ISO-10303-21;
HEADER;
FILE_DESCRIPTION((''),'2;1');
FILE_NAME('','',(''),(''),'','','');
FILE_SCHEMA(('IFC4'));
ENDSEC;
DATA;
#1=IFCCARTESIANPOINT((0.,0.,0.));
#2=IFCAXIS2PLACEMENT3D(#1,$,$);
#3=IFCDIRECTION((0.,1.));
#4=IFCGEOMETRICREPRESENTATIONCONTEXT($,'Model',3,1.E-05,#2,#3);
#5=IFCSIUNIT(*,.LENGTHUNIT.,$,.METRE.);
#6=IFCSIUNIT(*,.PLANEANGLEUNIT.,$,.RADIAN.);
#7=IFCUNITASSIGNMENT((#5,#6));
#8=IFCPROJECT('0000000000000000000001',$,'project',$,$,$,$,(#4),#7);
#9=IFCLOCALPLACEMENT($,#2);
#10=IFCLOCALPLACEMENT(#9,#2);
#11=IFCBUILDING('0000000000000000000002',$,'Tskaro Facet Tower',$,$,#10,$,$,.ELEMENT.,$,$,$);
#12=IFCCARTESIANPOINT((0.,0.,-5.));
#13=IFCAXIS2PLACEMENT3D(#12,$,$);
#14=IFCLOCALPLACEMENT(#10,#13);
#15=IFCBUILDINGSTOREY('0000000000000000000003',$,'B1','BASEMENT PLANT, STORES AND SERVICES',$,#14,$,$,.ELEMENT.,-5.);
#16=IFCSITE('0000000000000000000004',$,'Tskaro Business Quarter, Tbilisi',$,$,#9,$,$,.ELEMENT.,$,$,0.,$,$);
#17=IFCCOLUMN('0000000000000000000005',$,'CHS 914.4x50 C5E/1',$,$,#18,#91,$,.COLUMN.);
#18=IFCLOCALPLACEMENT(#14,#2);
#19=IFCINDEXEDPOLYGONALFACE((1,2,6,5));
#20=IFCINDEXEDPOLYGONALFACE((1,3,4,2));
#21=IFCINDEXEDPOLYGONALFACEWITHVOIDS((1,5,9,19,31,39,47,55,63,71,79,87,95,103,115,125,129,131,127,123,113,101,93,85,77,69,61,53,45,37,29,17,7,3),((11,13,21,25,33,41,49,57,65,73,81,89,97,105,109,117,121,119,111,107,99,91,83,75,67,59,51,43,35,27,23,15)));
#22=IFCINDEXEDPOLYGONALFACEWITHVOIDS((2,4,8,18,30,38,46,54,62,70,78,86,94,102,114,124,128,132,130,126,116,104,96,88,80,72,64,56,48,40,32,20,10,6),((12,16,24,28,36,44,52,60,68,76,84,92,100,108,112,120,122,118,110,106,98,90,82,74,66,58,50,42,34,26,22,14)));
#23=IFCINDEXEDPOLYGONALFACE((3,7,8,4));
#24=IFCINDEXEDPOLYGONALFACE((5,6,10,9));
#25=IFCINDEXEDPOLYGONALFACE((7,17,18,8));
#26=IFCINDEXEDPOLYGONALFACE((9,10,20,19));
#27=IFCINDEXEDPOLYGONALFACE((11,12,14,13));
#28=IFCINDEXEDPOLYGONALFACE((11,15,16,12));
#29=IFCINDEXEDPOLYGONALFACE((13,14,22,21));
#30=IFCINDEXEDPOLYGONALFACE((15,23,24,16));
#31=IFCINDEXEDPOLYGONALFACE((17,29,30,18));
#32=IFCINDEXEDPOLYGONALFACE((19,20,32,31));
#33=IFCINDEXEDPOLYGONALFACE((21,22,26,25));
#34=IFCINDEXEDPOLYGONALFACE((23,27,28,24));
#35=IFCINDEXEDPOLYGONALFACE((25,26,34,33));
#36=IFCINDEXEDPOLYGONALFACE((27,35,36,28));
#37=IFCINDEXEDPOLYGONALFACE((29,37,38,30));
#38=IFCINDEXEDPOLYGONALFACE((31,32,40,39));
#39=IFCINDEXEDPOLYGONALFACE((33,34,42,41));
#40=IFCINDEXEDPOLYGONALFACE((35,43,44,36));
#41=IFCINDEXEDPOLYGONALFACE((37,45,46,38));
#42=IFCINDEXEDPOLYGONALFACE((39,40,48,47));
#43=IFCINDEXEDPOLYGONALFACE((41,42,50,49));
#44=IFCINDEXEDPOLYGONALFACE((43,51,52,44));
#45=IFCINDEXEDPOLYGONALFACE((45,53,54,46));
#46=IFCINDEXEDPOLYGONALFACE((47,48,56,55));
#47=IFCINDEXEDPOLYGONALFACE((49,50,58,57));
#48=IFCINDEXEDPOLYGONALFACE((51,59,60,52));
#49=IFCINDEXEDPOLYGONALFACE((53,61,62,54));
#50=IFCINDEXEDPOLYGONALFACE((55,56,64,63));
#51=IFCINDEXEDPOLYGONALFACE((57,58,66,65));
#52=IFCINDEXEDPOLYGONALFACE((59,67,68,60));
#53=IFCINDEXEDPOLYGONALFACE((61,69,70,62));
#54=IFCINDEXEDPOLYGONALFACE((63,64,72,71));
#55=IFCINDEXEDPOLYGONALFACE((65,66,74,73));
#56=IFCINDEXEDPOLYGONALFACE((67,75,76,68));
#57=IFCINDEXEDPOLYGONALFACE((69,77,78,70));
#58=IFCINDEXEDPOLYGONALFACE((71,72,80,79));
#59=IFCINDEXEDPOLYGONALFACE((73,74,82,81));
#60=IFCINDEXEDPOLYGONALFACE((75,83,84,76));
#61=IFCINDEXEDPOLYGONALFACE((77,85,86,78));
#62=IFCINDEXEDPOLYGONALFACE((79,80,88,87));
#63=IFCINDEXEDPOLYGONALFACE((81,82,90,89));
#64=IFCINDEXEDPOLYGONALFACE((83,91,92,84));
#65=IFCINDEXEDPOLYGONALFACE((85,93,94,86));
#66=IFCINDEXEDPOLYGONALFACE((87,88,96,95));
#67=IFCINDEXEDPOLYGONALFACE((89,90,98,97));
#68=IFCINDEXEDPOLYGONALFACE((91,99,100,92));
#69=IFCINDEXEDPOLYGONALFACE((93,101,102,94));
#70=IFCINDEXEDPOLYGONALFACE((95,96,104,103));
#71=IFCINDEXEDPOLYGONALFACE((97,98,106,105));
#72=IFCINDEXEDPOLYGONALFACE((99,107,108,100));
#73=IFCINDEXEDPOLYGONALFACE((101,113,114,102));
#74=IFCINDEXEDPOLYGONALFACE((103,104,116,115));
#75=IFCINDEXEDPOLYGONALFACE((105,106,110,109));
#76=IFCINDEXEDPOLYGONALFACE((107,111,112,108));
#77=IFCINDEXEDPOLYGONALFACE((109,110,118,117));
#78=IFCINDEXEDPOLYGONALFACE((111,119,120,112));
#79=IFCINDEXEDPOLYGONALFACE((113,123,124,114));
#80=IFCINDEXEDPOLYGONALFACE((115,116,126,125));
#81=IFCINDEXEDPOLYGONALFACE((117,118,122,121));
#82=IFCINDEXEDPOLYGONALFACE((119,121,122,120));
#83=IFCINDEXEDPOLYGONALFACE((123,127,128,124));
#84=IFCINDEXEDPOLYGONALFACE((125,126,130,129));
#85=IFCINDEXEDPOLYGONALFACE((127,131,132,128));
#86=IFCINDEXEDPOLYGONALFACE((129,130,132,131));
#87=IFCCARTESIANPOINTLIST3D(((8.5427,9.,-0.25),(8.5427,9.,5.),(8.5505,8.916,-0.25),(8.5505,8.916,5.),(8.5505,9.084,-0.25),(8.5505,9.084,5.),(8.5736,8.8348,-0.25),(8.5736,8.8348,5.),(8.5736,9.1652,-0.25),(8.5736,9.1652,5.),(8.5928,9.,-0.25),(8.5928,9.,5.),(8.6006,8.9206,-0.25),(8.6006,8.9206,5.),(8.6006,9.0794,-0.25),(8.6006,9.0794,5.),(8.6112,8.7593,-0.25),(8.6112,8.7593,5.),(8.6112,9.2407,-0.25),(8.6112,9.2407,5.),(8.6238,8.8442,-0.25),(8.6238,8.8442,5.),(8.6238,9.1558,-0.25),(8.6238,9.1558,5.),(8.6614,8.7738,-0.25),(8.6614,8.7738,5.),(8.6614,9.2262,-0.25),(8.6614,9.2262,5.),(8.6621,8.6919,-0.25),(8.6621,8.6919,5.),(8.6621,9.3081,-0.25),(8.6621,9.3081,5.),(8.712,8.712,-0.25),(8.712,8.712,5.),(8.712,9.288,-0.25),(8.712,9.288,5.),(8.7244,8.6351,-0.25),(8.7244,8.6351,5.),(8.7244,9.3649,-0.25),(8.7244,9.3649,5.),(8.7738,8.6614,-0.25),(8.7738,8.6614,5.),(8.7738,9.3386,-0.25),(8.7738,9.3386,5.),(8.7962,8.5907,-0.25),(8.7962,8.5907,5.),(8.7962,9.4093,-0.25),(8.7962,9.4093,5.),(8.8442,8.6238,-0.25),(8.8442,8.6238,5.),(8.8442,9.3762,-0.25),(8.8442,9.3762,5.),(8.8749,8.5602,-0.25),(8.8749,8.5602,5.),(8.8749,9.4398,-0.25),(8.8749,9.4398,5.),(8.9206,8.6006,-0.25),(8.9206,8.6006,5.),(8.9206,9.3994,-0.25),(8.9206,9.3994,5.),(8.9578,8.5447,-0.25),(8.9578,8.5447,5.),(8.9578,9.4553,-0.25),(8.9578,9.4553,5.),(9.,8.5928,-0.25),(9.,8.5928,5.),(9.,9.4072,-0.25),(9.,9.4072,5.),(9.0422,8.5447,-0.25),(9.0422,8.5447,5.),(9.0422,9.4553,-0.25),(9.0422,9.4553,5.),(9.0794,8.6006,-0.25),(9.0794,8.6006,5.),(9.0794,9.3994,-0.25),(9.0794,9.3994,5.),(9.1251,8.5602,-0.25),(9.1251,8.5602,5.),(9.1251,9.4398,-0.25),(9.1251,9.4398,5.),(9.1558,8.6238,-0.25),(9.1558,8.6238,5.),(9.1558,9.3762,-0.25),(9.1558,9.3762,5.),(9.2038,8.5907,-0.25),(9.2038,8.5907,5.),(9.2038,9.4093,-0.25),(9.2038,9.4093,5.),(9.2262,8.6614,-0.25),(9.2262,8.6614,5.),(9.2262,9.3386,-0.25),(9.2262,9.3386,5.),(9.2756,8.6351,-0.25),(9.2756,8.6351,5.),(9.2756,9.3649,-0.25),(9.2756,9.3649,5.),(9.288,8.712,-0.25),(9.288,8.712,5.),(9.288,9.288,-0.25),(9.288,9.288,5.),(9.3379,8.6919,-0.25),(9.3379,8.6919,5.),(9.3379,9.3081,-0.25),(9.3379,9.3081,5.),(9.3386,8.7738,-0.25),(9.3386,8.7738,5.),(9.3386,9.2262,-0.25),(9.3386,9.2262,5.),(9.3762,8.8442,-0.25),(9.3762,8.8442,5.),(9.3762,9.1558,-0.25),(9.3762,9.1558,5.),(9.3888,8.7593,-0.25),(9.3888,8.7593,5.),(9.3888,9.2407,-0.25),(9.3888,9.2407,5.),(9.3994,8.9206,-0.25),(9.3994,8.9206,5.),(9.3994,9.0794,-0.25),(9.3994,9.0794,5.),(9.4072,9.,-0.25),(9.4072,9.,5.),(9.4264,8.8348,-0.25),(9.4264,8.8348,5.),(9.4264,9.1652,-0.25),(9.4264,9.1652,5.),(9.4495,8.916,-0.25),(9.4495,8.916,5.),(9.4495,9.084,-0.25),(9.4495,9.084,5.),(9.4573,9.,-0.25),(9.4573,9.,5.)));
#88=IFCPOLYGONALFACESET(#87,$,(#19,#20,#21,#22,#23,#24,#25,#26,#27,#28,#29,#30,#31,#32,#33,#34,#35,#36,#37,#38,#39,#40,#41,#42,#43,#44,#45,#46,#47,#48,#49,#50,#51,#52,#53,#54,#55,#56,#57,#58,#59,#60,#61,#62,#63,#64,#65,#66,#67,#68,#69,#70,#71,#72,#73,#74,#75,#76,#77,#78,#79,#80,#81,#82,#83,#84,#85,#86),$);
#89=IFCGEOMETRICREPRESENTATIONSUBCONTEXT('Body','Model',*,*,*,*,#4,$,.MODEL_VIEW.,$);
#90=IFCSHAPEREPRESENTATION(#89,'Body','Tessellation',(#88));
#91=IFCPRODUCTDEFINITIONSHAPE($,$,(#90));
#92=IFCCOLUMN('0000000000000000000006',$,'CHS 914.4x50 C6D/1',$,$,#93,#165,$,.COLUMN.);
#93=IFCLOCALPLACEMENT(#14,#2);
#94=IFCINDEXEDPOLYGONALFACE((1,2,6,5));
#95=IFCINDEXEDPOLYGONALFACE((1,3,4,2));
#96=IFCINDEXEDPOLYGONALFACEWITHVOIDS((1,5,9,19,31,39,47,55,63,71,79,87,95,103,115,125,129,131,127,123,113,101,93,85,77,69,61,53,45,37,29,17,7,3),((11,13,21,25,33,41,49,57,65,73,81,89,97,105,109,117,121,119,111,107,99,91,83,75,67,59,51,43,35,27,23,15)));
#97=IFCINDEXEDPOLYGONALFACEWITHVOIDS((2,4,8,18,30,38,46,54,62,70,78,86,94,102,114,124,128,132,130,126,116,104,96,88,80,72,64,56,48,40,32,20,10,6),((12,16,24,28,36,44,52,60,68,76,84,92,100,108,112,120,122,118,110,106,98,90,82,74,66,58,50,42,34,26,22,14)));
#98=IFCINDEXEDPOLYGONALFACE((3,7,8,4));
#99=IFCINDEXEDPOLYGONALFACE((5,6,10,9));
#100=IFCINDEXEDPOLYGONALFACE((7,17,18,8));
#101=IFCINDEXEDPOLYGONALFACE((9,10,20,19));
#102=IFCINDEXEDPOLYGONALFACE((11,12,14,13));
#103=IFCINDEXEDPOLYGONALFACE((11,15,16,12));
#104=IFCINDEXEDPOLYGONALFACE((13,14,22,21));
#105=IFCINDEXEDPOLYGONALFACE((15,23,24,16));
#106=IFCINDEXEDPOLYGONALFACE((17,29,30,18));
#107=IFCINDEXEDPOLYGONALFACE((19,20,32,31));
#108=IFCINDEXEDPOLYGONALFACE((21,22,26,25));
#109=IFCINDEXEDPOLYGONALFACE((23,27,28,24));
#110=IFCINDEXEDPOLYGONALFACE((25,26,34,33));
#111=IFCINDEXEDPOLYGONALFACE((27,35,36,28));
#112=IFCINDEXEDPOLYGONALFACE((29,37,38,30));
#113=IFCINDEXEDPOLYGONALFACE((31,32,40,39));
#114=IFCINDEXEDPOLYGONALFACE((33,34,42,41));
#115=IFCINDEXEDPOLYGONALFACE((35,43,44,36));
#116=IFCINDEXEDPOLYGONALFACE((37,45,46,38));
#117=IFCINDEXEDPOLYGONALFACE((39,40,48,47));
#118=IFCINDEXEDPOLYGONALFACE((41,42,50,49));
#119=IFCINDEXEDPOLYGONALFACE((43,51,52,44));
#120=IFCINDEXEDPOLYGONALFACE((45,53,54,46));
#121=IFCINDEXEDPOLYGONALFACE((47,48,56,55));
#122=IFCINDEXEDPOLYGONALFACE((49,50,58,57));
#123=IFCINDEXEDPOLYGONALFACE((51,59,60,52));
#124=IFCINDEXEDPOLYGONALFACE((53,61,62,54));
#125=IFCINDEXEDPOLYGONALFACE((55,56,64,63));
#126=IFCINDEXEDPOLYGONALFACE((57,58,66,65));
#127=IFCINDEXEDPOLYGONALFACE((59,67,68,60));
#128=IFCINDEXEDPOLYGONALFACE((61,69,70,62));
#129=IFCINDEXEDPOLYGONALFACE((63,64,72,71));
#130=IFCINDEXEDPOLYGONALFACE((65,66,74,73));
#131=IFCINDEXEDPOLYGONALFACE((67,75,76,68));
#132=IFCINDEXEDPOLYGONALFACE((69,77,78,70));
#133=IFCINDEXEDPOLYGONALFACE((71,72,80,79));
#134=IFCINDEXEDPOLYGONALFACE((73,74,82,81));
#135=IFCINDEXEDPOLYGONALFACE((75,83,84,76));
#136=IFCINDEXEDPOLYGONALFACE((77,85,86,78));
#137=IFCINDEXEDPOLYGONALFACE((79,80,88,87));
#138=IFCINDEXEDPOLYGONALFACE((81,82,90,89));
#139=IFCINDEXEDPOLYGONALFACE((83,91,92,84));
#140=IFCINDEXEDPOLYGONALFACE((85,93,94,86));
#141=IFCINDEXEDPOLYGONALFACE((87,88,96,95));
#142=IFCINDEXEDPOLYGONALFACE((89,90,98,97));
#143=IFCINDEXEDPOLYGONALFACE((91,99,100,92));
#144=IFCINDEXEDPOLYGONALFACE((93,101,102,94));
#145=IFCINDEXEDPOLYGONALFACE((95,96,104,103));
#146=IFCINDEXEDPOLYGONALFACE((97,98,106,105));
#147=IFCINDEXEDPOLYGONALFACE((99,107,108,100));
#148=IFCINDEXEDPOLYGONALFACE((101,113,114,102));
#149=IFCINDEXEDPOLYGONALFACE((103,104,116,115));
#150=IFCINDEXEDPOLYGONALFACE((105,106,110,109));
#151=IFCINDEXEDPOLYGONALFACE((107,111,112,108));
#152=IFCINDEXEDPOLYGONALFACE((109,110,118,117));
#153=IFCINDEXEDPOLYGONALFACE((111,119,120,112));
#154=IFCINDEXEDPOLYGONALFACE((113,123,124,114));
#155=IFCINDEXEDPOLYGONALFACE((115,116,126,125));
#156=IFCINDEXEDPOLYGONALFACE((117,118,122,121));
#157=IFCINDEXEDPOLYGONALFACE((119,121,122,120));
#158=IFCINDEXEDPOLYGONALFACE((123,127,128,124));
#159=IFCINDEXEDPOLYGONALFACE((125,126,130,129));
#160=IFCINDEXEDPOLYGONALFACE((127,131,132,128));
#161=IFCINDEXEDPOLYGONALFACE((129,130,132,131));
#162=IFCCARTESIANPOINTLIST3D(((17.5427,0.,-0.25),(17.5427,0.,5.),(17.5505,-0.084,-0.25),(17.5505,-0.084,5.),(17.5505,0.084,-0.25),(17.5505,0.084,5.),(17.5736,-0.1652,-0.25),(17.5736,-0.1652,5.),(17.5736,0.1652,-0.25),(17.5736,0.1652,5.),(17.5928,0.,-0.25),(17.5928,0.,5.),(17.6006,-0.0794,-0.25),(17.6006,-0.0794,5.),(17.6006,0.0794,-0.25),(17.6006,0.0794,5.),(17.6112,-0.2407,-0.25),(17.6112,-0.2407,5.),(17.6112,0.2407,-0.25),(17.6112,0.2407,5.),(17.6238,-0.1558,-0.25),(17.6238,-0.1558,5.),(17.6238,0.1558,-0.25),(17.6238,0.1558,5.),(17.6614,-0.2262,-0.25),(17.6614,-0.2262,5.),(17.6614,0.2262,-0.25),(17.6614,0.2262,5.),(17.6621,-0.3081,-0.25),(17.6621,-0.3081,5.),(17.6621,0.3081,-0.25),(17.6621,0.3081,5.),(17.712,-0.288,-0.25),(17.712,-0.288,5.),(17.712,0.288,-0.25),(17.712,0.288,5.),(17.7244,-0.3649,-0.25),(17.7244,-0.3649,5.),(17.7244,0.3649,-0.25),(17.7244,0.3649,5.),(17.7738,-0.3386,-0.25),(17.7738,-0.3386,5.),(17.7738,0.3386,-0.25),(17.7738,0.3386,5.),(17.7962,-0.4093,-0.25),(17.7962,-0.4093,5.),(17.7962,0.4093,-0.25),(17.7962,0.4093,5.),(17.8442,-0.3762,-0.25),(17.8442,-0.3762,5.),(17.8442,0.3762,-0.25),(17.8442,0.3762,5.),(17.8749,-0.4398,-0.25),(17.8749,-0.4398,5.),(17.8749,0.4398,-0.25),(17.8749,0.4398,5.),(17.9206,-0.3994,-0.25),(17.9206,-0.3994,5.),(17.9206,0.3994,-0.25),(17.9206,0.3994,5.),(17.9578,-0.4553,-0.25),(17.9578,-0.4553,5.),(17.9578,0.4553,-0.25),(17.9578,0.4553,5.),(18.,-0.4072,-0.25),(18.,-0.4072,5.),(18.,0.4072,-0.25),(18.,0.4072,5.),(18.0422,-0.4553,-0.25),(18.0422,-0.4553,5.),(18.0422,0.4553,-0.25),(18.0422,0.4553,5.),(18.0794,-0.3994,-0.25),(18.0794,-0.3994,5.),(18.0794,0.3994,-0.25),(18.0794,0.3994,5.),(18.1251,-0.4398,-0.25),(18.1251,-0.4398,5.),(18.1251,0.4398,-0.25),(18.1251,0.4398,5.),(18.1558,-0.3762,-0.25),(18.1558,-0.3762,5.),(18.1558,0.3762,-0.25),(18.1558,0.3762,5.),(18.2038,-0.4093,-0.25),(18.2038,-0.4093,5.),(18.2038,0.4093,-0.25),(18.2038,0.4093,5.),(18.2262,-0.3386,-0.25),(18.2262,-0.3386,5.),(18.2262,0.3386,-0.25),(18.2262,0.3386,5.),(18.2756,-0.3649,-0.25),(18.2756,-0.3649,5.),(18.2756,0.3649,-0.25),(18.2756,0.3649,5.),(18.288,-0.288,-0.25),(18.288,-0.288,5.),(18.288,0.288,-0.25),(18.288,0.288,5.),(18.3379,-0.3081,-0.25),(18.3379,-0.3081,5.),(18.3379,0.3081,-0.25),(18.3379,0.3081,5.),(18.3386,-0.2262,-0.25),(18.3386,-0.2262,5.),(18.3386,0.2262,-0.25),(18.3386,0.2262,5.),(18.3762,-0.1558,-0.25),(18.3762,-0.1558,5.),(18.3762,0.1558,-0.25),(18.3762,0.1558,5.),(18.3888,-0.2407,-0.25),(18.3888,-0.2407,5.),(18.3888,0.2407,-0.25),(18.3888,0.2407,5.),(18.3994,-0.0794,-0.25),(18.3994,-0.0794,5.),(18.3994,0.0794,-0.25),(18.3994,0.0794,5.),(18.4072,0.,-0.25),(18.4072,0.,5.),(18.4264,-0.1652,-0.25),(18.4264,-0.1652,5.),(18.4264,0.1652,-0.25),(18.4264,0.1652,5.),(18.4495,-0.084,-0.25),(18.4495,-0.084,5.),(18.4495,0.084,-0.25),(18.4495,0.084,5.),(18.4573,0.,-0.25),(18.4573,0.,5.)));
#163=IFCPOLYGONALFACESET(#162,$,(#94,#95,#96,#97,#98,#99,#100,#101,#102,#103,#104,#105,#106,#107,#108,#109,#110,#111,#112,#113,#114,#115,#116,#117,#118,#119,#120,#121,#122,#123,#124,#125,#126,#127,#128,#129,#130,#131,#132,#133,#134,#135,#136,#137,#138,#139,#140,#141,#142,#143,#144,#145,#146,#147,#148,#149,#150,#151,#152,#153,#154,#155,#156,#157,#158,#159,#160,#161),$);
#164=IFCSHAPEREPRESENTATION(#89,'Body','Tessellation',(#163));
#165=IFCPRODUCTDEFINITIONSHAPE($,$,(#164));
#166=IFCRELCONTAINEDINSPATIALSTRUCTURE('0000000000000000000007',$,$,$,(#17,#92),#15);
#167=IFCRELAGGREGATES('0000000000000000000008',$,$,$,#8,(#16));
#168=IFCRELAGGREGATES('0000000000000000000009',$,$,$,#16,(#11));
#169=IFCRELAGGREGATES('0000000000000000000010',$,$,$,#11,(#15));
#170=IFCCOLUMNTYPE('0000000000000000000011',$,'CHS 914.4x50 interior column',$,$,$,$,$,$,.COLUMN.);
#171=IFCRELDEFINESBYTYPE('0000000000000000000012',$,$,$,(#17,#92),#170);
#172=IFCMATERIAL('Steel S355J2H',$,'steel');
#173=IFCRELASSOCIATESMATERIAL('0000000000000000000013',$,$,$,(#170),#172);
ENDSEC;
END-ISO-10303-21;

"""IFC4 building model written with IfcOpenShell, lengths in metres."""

from ifc_helpers import new_model, si_unit, direction, frame, origin, origin_2d, place, context, subcontext, project, spatial, hollow_circle, extrude, material, material_profile, profile_set, type_object, element, save


model = new_model("IFC4")

# Units and contexts
model_context = context("Model", 3, precision=1e-05, world=origin(), true_north=direction((0.0, 1.0)))
body_context = subcontext(model_context, "Body", "Model", "MODEL_VIEW")
ifc_project = project(units=[si_unit("LENGTHUNIT", "METRE"), si_unit("PLANEANGLEUNIT", "RADIAN")], contexts=[model_context])

# Site, building, storey
site_placement = place(None, origin())
site = spatial("IfcSite", under=ifc_project, at=site_placement, Name="Tskaro Business Quarter, Tbilisi", CompositionType="ELEMENT", RefElevation=0.0)
building_placement = place(site_placement, origin())
building = spatial("IfcBuilding", under=site, at=building_placement, Name="Tskaro Facet Tower", CompositionType="ELEMENT")
storey_placement = place(building_placement, frame((0.0, 0.0, -5.0)))
storey = spatial("IfcBuildingStorey", under=building, at=storey_placement, Name="B1", Description="BASEMENT PLANT, STORES AND SERVICES", CompositionType="ELEMENT", Elevation=-5.0)

# Columns
ifc_material_1 = material(Name="Steel S355J2H", Category="steel")
ifc_material_profile_1 = material_profile(ifc_material_1, hollow_circle(Radius=0.4573, WallThickness=0.05, at=origin_2d()), Name="CHS 914.4x50")
ifc_profile_set_1 = profile_set([ifc_material_profile_1], Name="Steel S355J2H")
column_type_1 = type_object("IfcColumnType", Name="CHS 914.4x50 interior column", PredefinedType="COLUMN", material=ifc_profile_set_1)
for number, where, z_axis, x_axis, name in (
    (1, (9.0, 9.0, -0.25), (0.0, 0.0, 1.0), (1.0, 0.0, 0.0), "CHS 914.4x50 C5E/1"),
    (2, (18.0, 0.0, -0.25), (0.0, 0.0, 1.0), (1.0, 0.0, 0.0), "CHS 914.4x50 C6D/1"),
):
    element("IfcColumn", number, at=place(storey_placement, frame(where, z_axis=z_axis, x_axis=x_axis)), inside=storey, type_object=column_type_1, Name=name, PredefinedType="COLUMN", context=body_context, shape_type="SweptSolid", body=[
        extrude(hollow_circle(Radius=0.4573, WallThickness=0.05, at=origin_2d()), origin(), (0.0, 0.0, 1.0), 5.25),
    ])

save(model, "model.ifc")
